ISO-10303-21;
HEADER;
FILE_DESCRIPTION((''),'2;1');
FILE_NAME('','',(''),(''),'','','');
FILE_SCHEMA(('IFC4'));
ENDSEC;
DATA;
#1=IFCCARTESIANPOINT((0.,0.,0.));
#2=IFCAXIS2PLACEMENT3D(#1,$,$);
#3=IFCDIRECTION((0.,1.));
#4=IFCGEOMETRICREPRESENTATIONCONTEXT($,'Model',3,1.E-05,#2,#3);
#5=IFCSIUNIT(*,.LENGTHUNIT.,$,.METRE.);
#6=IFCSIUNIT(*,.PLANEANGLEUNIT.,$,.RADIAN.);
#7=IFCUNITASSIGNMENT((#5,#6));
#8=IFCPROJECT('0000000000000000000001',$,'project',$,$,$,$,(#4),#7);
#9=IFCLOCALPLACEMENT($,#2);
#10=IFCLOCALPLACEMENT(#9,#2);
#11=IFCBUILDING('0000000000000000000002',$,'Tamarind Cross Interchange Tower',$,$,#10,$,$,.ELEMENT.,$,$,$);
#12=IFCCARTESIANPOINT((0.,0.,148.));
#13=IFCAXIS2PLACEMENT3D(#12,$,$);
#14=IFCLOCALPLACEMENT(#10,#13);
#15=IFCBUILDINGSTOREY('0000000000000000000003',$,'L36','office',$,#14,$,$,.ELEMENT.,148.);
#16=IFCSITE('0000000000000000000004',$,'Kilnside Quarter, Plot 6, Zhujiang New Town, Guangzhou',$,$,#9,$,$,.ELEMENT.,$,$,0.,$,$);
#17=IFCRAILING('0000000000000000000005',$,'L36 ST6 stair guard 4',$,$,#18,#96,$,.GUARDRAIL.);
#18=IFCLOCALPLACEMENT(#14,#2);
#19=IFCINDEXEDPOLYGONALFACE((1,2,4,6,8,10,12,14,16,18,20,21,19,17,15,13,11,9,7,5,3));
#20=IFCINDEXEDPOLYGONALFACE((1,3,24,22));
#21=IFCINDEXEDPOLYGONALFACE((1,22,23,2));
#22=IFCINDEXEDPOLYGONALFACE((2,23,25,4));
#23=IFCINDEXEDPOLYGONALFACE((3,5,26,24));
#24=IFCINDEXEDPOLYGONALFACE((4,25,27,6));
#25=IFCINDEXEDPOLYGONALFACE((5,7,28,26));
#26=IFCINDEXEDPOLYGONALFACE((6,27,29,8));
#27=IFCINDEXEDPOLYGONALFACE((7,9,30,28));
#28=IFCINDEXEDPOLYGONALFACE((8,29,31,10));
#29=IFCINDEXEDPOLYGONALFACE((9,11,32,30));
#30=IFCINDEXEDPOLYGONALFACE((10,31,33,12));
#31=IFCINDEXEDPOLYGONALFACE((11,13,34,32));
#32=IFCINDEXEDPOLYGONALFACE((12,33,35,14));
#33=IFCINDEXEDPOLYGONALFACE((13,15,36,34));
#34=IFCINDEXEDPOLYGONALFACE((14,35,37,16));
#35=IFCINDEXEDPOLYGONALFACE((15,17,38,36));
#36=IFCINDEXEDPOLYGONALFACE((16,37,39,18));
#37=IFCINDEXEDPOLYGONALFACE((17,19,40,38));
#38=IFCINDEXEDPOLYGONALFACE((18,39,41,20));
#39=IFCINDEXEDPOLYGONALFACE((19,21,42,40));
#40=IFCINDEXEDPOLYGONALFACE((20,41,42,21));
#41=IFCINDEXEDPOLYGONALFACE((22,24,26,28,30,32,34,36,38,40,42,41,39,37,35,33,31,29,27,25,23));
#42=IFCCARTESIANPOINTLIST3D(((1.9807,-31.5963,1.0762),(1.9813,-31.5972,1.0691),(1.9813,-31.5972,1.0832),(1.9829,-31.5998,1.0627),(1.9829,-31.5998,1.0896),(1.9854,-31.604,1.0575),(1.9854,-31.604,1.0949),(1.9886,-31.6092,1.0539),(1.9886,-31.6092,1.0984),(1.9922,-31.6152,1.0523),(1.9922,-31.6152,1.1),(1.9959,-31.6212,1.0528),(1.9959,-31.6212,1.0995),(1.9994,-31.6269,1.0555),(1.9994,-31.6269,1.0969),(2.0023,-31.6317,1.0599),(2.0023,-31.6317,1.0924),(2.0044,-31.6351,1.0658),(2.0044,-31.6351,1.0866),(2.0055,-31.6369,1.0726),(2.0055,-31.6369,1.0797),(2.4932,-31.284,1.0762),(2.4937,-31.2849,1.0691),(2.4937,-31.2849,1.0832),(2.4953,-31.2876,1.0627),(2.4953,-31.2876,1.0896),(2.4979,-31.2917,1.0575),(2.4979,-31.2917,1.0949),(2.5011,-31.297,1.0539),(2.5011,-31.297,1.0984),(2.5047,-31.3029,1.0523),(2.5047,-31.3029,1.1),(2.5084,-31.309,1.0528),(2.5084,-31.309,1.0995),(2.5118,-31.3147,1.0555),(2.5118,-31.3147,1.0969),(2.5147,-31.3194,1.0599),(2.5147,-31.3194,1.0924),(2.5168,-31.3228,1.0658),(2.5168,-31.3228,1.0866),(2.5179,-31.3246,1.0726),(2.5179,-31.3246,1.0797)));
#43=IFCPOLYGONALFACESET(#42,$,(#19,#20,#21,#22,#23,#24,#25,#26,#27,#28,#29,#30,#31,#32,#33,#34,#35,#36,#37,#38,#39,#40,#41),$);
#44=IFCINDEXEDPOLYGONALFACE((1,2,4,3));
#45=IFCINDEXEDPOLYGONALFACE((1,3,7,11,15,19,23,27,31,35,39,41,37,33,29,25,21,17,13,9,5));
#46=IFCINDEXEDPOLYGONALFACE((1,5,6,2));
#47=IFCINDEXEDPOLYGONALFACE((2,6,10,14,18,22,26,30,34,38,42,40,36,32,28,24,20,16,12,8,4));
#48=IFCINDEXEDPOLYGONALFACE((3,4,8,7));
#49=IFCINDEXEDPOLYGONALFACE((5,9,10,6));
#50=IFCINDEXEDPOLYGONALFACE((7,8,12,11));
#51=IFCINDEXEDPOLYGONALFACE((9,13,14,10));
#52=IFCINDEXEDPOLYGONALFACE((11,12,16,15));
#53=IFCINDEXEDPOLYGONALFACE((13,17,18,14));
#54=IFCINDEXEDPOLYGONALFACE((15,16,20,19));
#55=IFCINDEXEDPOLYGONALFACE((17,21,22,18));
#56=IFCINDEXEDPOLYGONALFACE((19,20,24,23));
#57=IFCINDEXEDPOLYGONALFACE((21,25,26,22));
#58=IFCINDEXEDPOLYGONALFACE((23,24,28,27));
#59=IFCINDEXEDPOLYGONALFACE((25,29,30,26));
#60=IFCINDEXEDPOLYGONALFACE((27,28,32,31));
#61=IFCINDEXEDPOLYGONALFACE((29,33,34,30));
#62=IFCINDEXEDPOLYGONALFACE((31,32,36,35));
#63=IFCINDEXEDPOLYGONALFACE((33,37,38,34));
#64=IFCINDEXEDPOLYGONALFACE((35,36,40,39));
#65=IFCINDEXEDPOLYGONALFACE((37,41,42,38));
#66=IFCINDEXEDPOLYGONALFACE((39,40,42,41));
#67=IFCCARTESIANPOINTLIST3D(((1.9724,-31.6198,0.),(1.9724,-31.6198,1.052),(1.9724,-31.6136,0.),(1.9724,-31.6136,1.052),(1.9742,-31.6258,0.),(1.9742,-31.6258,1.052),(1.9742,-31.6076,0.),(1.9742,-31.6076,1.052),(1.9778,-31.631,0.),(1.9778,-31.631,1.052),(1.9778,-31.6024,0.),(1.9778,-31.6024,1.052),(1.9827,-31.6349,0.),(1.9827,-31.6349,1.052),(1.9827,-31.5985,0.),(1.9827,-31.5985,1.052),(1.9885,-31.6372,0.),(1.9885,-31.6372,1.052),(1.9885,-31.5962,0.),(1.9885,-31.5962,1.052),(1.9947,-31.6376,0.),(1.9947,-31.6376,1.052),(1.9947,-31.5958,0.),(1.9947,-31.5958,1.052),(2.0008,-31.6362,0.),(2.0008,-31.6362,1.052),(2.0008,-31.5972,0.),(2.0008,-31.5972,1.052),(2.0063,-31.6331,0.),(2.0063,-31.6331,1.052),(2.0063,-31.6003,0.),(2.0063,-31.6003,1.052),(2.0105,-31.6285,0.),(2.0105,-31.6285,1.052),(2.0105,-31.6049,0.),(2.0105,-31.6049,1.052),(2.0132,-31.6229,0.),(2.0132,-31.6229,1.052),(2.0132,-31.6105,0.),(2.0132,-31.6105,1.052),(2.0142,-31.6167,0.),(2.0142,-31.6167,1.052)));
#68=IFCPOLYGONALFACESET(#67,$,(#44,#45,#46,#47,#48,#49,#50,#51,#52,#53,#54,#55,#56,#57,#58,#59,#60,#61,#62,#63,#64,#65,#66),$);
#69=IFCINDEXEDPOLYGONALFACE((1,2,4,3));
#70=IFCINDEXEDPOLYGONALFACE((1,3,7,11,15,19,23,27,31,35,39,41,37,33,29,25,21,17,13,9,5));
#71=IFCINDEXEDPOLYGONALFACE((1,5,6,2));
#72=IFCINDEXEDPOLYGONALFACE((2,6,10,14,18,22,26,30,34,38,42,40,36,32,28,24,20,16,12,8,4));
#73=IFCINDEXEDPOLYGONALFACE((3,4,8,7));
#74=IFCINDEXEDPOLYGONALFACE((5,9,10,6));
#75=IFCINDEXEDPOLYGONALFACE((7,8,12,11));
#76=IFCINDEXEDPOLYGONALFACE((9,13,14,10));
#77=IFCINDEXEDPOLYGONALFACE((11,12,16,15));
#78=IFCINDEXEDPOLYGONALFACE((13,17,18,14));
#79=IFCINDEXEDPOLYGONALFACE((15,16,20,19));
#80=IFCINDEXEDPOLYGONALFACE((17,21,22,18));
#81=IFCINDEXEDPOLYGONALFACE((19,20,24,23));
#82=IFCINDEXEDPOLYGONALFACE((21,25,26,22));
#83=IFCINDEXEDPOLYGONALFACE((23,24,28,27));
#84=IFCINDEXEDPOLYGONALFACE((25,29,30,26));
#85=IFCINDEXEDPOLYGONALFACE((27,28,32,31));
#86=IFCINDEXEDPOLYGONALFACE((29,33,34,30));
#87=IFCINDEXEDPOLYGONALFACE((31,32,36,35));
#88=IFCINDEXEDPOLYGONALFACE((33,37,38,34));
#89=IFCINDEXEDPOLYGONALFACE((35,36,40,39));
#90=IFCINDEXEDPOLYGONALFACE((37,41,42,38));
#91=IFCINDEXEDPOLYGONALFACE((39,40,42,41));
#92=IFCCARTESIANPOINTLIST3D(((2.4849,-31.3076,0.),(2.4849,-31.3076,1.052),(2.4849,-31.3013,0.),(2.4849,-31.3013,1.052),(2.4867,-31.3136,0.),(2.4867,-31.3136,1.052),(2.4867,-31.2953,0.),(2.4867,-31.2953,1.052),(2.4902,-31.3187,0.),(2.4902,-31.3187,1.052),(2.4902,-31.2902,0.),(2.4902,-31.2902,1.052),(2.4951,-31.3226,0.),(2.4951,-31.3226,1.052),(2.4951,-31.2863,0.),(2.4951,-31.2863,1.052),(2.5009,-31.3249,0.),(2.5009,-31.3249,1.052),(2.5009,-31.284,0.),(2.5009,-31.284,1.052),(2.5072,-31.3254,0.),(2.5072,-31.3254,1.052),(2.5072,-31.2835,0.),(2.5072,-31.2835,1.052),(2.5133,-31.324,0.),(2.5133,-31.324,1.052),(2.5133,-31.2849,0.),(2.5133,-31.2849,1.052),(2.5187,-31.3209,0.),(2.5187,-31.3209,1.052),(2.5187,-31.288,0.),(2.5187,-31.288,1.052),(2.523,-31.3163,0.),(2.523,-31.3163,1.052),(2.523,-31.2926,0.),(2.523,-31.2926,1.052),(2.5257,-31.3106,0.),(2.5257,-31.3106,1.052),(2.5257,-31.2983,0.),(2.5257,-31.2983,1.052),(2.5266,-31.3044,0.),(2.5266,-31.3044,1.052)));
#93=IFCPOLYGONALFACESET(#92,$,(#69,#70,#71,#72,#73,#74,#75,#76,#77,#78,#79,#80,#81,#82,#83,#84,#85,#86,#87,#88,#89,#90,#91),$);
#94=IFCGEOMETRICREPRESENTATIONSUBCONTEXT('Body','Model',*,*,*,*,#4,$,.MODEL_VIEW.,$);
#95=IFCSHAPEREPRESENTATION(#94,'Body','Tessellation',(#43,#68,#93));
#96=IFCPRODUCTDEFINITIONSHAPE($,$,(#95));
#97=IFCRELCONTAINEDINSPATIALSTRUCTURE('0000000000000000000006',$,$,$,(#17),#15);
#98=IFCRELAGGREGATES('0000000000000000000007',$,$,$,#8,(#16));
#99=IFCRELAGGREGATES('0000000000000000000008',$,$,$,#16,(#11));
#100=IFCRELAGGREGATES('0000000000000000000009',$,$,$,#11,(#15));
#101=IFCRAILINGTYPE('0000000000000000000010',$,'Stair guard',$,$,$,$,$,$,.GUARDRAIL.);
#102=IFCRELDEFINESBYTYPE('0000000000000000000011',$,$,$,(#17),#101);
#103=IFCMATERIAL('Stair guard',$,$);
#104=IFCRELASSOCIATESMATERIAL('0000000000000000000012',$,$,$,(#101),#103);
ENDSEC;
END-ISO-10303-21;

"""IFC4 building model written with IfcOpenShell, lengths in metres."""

from ifc_helpers import new_model, si_unit, direction, frame, origin, origin_2d, place, context, subcontext, project, spatial, circle, extrude, material, type_object, element, save


model = new_model("IFC4")

# Units and contexts
model_context = context("Model", 3, precision=1e-05, world=origin(), true_north=direction((0.0, 1.0)))
body_context = subcontext(model_context, "Body", "Model", "MODEL_VIEW")
ifc_project = project(units=[si_unit("LENGTHUNIT", "METRE"), si_unit("PLANEANGLEUNIT", "RADIAN")], contexts=[model_context])

# Site, building, storey
site_placement = place(None, origin())
site = spatial("IfcSite", under=ifc_project, at=site_placement, Name="Kilnside Quarter, Plot 6, Zhujiang New Town, Guangzhou", CompositionType="ELEMENT", RefElevation=0.0)
building_placement = place(site_placement, origin())
building = spatial("IfcBuilding", under=site, at=building_placement, Name="Tamarind Cross Interchange Tower", CompositionType="ELEMENT")
storey_placement = place(building_placement, frame((0.0, 0.0, 148.0)))
storey = spatial("IfcBuildingStorey", under=building, at=storey_placement, Name="L36", Description="office", CompositionType="ELEMENT", Elevation=148.0)

# Railing
ifc_material_1 = material(Name="Stair guard")
railing_type = type_object("IfcRailingType", Name="Stair guard", PredefinedType="GUARDRAIL", material=ifc_material_1)
railing_1_placement = place(storey_placement, frame((1.9932, -31.6167, 0.0)))
element("IfcRailing", 1, at=railing_1_placement, inside=storey, type_object=railing_type, Name="L36 ST6 stair guard 4", PredefinedType="GUARDRAIL", context=body_context, shape_type="SweptSolid", body=[
    extrude(circle(Radius=0.0239, at=origin_2d()), frame((0.0, 0.0, 1.0762), z_axis=(0.853955, 0.520347, 0.0), x_axis=(-0.520347, 0.853955, 0.0)), (0.0, 0.0, 1.0), 0.6001),
    extrude(circle(Radius=0.021, at=origin_2d()), origin(), (0.0, 0.0, 1.0), 1.052),
    extrude(circle(Radius=0.021, at=origin_2d()), frame((0.5125, 0.3123, 0.0)), (0.0, 0.0, 1.0), 1.052),
])

save(model, "model.ifc")
